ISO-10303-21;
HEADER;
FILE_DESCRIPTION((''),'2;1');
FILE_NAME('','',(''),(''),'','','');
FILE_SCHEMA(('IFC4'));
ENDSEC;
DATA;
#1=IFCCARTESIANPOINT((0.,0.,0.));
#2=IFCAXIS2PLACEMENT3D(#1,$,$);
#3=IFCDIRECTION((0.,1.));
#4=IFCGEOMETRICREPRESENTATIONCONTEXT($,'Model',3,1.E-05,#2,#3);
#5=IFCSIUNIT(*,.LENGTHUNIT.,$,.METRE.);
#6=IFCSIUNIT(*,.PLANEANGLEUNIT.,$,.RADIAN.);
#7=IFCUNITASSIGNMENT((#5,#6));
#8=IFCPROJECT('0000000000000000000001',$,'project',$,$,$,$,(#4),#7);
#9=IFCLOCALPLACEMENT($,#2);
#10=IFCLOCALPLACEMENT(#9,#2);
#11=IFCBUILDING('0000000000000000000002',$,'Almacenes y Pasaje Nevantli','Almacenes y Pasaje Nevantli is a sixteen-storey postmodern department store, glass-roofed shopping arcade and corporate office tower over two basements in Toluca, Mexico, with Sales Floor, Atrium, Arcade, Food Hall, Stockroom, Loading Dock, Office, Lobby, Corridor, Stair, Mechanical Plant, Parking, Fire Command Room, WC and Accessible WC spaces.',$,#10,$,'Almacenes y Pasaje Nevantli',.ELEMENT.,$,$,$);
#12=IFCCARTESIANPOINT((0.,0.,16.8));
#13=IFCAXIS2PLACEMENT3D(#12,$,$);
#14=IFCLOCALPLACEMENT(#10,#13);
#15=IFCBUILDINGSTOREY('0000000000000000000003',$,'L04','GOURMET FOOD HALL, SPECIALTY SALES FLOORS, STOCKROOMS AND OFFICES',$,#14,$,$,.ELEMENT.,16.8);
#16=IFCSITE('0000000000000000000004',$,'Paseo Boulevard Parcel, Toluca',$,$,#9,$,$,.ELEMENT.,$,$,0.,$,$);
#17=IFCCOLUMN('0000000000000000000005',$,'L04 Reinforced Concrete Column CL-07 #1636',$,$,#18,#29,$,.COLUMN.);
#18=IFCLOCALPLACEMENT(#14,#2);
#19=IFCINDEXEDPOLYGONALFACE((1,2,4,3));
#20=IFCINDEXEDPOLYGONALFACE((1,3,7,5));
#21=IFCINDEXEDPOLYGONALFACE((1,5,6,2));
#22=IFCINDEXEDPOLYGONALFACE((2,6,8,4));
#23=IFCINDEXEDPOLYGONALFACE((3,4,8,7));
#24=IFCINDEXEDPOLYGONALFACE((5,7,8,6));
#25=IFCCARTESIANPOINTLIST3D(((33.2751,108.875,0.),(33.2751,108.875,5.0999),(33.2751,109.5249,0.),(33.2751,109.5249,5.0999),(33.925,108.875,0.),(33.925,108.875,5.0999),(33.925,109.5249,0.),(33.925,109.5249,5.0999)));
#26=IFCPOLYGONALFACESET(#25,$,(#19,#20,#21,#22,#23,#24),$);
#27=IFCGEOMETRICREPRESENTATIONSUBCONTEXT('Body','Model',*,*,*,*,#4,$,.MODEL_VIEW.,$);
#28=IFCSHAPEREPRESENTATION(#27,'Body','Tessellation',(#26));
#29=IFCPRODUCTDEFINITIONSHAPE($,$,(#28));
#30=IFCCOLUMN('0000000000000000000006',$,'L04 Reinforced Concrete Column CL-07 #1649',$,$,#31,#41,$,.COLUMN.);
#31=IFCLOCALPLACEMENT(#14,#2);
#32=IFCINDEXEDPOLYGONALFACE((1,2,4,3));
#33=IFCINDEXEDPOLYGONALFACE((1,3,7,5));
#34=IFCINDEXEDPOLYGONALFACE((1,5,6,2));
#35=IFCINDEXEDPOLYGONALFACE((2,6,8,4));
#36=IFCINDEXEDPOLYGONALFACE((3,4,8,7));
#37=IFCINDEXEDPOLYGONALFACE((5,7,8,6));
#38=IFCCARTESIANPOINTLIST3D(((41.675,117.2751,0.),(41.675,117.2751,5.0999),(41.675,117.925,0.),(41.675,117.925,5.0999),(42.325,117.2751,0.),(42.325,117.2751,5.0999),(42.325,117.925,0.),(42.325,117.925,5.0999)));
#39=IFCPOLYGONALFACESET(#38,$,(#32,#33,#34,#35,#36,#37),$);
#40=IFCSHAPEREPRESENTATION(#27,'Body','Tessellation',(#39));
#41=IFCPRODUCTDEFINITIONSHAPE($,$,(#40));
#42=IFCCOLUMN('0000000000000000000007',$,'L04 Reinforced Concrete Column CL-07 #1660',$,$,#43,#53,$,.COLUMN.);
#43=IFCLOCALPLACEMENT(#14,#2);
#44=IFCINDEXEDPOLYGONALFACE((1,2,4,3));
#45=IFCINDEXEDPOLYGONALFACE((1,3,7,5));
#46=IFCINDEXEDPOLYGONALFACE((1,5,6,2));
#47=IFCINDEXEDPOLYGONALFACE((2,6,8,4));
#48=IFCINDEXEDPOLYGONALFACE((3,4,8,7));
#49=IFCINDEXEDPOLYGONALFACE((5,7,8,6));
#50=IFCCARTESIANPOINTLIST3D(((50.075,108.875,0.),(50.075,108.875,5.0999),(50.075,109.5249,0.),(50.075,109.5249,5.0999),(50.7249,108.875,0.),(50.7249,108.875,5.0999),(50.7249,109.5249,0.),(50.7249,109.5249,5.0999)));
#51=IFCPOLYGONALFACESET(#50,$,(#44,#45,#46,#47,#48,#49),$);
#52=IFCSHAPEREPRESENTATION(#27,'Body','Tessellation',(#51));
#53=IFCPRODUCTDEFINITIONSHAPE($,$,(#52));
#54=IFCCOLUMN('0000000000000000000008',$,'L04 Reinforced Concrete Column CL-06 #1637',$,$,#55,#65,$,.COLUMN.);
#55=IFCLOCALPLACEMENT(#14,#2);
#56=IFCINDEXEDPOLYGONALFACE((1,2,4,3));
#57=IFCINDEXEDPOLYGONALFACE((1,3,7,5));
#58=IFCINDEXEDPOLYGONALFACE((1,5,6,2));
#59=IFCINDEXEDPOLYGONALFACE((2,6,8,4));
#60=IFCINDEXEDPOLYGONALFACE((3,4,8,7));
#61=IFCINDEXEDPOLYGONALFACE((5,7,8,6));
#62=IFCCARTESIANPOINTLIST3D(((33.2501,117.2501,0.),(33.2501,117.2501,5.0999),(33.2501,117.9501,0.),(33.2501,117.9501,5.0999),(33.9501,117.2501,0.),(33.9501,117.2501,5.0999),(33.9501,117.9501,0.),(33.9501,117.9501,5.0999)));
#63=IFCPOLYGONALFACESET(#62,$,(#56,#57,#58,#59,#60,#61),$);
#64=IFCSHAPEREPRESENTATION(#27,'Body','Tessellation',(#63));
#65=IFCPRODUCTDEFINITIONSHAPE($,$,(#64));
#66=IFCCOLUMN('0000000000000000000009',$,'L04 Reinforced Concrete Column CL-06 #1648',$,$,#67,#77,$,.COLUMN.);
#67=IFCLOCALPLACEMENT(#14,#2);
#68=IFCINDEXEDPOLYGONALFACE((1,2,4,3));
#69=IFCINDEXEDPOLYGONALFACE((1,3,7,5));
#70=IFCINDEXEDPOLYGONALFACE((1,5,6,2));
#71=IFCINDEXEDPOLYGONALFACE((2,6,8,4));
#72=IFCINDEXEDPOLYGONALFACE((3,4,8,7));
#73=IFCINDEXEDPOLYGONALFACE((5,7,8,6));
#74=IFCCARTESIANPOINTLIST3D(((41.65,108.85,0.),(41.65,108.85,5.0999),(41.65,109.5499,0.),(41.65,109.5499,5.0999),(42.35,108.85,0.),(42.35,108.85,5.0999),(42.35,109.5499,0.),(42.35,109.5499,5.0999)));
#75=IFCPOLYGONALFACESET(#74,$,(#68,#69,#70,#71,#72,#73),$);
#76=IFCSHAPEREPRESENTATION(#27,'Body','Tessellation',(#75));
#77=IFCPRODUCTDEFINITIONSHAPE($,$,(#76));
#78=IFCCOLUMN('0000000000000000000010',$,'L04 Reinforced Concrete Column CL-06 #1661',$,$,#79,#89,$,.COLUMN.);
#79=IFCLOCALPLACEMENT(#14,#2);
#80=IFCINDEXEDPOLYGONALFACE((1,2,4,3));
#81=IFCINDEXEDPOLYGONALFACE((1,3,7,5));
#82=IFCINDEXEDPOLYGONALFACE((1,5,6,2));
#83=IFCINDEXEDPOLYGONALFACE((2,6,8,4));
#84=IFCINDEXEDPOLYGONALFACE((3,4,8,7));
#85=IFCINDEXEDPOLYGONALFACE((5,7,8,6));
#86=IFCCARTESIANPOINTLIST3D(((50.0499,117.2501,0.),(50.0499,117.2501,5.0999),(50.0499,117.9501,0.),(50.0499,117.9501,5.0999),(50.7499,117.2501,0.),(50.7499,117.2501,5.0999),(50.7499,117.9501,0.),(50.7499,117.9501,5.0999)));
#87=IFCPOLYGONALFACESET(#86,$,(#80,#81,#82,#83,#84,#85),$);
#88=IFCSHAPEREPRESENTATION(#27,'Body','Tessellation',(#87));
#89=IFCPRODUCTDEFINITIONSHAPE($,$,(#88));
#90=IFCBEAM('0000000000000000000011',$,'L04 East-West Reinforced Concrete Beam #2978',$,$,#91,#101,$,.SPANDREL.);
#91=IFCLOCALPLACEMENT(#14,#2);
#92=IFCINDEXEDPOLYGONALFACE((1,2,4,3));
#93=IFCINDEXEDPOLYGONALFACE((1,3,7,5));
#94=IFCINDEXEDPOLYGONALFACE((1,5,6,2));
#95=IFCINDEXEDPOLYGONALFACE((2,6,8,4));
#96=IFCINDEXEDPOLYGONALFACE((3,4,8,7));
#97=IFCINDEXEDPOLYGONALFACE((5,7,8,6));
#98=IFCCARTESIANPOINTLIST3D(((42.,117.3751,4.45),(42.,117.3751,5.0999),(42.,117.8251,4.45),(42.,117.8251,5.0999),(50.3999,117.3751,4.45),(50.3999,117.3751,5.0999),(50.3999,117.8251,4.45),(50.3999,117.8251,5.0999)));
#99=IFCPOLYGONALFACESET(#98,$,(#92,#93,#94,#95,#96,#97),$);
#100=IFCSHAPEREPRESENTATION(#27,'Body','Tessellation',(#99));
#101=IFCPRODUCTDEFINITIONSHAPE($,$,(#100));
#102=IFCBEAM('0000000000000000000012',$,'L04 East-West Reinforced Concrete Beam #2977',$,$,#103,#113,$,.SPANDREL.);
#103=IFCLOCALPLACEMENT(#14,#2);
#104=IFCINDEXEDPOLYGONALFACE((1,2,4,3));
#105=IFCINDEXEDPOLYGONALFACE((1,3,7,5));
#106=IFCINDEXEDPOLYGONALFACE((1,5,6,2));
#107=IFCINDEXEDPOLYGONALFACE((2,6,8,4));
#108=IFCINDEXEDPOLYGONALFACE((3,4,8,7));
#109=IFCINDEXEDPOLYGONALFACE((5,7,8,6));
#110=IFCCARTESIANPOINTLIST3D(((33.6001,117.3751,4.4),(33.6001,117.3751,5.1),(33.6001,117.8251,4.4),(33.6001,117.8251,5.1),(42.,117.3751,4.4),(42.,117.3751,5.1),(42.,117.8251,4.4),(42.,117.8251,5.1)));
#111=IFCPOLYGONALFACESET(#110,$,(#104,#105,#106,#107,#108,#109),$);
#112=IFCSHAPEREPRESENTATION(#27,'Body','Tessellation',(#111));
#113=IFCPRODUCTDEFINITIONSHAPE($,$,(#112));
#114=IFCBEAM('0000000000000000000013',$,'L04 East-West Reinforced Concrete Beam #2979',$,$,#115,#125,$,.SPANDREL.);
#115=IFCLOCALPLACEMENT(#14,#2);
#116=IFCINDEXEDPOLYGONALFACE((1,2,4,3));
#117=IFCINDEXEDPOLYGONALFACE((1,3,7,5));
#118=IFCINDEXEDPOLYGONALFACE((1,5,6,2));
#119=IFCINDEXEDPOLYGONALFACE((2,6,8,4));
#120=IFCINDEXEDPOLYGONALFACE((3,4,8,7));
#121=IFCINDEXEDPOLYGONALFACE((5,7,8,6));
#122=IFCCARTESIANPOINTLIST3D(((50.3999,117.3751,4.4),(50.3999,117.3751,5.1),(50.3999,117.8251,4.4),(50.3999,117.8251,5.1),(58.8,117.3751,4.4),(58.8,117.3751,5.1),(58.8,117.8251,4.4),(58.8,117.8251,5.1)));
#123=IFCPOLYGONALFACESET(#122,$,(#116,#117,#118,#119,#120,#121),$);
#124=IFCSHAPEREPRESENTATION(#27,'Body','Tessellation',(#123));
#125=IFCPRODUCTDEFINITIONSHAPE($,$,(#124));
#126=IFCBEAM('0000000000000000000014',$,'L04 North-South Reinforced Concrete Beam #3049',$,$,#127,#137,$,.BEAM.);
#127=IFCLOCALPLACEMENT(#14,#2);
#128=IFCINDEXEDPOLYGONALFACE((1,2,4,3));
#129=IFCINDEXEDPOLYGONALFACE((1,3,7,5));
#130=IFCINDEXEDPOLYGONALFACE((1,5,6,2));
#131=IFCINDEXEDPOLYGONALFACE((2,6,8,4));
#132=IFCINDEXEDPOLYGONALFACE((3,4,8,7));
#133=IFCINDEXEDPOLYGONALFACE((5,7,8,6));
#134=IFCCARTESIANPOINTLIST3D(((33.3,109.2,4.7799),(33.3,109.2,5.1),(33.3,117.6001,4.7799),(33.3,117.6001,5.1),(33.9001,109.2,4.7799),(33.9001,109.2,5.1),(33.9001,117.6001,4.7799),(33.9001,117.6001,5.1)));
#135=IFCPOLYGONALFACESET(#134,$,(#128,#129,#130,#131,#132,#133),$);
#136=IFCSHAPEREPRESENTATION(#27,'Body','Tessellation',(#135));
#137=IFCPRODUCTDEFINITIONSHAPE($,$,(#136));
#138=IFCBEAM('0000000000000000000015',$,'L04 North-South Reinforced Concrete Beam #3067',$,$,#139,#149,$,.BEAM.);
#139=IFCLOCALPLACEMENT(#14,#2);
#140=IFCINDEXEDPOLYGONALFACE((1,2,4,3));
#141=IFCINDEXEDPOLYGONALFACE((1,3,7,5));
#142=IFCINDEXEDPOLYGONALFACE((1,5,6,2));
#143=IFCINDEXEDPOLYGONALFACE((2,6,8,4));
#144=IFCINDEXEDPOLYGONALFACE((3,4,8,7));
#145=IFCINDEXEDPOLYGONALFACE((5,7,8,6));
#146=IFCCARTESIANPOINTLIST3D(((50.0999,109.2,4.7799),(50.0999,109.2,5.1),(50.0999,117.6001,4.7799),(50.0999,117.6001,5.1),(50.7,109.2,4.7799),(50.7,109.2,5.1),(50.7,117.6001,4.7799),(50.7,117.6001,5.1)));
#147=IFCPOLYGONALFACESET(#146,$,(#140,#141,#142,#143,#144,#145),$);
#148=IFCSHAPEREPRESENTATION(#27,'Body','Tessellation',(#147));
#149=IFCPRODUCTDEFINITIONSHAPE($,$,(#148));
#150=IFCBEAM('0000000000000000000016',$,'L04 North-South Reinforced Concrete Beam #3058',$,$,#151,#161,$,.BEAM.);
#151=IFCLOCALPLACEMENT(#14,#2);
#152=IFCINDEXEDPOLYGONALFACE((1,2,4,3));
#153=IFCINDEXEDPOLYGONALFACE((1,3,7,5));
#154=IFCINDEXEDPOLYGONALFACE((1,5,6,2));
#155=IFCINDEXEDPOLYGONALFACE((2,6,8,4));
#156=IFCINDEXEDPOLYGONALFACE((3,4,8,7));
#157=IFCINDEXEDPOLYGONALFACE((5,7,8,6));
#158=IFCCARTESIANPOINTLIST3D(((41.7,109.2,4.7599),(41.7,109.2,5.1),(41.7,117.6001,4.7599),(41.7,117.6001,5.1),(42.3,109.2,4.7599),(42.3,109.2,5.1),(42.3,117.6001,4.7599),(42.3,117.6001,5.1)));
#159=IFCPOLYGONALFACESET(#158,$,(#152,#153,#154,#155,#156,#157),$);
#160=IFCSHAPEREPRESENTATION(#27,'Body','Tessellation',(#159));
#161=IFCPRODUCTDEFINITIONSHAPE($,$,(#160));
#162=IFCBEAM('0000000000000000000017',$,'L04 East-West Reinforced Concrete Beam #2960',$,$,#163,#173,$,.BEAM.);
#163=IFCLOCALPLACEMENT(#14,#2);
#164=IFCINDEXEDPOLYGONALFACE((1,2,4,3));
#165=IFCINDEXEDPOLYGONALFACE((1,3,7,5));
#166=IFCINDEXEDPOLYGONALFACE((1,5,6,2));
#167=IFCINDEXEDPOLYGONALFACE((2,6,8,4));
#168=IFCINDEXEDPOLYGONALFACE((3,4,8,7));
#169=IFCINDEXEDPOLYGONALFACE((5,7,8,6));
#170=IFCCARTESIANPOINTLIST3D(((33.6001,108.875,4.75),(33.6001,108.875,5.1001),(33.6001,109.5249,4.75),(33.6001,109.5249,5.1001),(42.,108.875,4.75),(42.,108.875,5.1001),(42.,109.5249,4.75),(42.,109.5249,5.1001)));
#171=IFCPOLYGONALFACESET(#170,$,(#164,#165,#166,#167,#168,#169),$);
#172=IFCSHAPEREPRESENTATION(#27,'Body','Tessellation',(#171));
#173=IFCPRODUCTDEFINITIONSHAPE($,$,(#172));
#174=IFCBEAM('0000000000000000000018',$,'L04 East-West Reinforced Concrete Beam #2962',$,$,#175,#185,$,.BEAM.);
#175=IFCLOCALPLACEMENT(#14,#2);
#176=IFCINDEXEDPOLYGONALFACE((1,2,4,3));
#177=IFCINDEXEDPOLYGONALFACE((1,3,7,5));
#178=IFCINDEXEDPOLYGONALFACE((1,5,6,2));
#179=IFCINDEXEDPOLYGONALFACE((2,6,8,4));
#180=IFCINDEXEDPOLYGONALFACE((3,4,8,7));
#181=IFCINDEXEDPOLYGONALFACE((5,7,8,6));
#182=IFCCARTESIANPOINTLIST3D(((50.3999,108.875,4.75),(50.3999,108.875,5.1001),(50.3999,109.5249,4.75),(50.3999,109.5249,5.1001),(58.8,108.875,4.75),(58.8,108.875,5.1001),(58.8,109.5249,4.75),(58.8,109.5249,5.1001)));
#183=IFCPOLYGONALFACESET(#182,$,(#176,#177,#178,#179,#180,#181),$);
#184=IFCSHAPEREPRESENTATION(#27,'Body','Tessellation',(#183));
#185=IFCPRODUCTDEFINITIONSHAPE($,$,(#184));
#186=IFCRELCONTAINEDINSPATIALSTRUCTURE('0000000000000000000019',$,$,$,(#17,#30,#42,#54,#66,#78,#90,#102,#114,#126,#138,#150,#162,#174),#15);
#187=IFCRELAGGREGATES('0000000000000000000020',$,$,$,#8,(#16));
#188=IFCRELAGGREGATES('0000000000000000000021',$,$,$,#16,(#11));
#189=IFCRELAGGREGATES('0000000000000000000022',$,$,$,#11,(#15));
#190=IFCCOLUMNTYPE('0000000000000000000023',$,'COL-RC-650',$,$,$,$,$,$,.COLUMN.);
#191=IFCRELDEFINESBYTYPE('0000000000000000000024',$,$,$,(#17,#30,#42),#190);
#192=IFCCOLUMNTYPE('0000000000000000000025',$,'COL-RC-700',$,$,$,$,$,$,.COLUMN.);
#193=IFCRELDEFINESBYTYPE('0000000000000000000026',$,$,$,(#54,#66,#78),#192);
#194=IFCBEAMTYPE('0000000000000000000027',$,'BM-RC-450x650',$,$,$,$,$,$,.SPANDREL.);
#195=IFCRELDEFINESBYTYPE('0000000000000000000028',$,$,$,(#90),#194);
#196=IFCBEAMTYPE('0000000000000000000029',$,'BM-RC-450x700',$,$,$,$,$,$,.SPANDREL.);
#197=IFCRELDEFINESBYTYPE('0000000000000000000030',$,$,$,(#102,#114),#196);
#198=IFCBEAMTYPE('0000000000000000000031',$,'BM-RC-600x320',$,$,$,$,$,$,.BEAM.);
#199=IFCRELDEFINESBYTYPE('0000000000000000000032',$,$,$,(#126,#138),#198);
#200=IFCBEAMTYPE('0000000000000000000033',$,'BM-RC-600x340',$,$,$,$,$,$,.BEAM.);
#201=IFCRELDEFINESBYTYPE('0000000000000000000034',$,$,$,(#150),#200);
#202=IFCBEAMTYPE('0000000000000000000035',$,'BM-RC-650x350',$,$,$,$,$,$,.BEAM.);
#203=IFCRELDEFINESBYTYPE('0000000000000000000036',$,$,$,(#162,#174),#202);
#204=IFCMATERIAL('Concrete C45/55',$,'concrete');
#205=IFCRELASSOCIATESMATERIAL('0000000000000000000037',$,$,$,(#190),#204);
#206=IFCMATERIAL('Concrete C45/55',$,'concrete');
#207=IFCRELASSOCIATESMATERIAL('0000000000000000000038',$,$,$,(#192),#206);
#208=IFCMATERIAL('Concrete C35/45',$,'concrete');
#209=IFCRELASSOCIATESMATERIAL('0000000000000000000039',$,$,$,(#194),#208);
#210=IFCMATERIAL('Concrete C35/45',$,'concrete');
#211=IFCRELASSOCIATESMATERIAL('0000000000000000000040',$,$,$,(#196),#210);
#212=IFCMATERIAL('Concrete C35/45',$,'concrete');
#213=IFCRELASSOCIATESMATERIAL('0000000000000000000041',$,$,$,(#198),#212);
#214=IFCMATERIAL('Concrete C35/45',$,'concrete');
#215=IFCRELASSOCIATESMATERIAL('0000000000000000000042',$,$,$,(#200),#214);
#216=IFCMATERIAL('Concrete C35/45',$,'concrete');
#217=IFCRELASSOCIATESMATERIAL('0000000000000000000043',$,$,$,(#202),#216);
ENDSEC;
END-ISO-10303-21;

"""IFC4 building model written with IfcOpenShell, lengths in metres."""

from ifc_helpers import new_model, si_unit, direction, frame, origin, origin_2d, place, context, subcontext, project, spatial, rectangle, extrude, material, material_profile, profile_set, type_object, element, save


model = new_model("IFC4")

# Units and contexts
model_context = context("Model", 3, precision=1e-05, world=origin(), true_north=direction((0.0, 1.0)))
body_context = subcontext(model_context, "Body", "Model", "MODEL_VIEW")
ifc_project = project(units=[si_unit("LENGTHUNIT", "METRE"), si_unit("PLANEANGLEUNIT", "RADIAN")], contexts=[model_context])

# Site, building, storey
site_placement = place(None, origin())
site = spatial("IfcSite", under=ifc_project, at=site_placement, Name="Paseo Boulevard Parcel, Toluca", CompositionType="ELEMENT", RefElevation=0.0)
building_placement = place(site_placement, origin())
building = spatial("IfcBuilding", under=site, at=building_placement, Name="Almacenes y Pasaje Nevantli", Description="Almacenes y Pasaje Nevantli is a sixteen-storey postmodern department store, glass-roofed shopping arcade and corporate office tower over two basements in Toluca, Mexico, with Sales Floor, Atrium, Arcade, Food Hall, Stockroom, Loading Dock, Office, Lobby, Corridor, Stair, Mechanical Plant, Parking, Fire Command Room, WC and Accessible WC spaces.", LongName="Almacenes y Pasaje Nevantli", CompositionType="ELEMENT")
storey_placement = place(building_placement, frame((0.0, 0.0, 16.8)))
storey = spatial("IfcBuildingStorey", under=building, at=storey_placement, Name="L04", Description="GOURMET FOOD HALL, SPECIALTY SALES FLOORS, STOCKROOMS AND OFFICES", CompositionType="ELEMENT", Elevation=16.8)

# Columns
ifc_material_1 = material(Name="Concrete C45/55", Category="concrete")
ifc_material_profile_1 = material_profile(ifc_material_1, rectangle(XDim=0.6499, YDim=0.6499, at=origin_2d()), Name="RC-COL-650x650")
ifc_profile_set_1 = profile_set([ifc_material_profile_1], Name="Concrete C45/55")
column_type_1 = type_object("IfcColumnType", Name="COL-RC-650", PredefinedType="COLUMN", material=ifc_profile_set_1)
for number, where, z_axis, x_axis, name in (
    (1, (33.6001, 109.2, 0.0), (0.0, 0.0, 1.0), (1.0, 0.0, 0.0), "L04 Reinforced Concrete Column CL-07 #1636"),
    (2, (42.0, 117.6001, 0.0), (0.0, 0.0, 1.0), (1.0, 0.0, 0.0), "L04 Reinforced Concrete Column CL-07 #1649"),
    (3, (50.3999, 109.2, 0.0), (0.0, 0.0, 1.0), (1.0, 0.0, 0.0), "L04 Reinforced Concrete Column CL-07 #1660"),
):
    element("IfcColumn", number, at=place(storey_placement, frame(where, z_axis=z_axis, x_axis=x_axis)), inside=storey, type_object=column_type_1, Name=name, PredefinedType="COLUMN", context=body_context, shape_type="SweptSolid", body=[
        extrude(rectangle(XDim=0.6499, YDim=0.6499, at=origin_2d()), origin(), (0.0, 0.0, 1.0), 5.0999),
    ])
ifc_material_2 = material(Name="Concrete C45/55", Category="concrete")
ifc_material_profile_2 = material_profile(ifc_material_2, rectangle(XDim=0.7, YDim=0.7, at=origin_2d()), Name="RC-COL-700x700")
ifc_profile_set_2 = profile_set([ifc_material_profile_2], Name="Concrete C45/55")
column_type_2 = type_object("IfcColumnType", Name="COL-RC-700", PredefinedType="COLUMN", material=ifc_profile_set_2)
for number, where, z_axis, x_axis, name in (
    (4, (33.6001, 117.6001, 0.0), (0.0, 0.0, 1.0), (1.0, 0.0, 0.0), "L04 Reinforced Concrete Column CL-06 #1637"),
    (5, (42.0, 109.2, 0.0), (0.0, 0.0, 1.0), (1.0, 0.0, 0.0), "L04 Reinforced Concrete Column CL-06 #1648"),
    (6, (50.3999, 117.6001, 0.0), (0.0, 0.0, 1.0), (1.0, 0.0, 0.0), "L04 Reinforced Concrete Column CL-06 #1661"),
):
    element("IfcColumn", number, at=place(storey_placement, frame(where, z_axis=z_axis, x_axis=x_axis)), inside=storey, type_object=column_type_2, Name=name, PredefinedType="COLUMN", context=body_context, shape_type="SweptSolid", body=[
        extrude(rectangle(XDim=0.7, YDim=0.7, at=origin_2d()), origin(), (0.0, 0.0, 1.0), 5.0999),
    ])

# Beams
ifc_material_3 = material(Name="Concrete C35/45", Category="concrete")
ifc_material_profile_3 = material_profile(ifc_material_3, rectangle(XDim=0.45, YDim=0.6499, at=origin_2d()), Name="RC-BM-450x650")
ifc_profile_set_3 = profile_set([ifc_material_profile_3], Name="Concrete C35/45")
beam_type_1 = type_object("IfcBeamType", Name="BM-RC-450x650", PredefinedType="SPANDREL", material=ifc_profile_set_3)
beam_1_placement = place(storey_placement, frame((42.0, 117.6001, 4.7749), z_axis=(1.0, 0.0, 0.0), x_axis=(0.0, 1.0, 0.0)))
element("IfcBeam", 7, at=beam_1_placement, inside=storey, type_object=beam_type_1, Name="L04 East-West Reinforced Concrete Beam #2978", PredefinedType="SPANDREL", context=body_context, shape_type="SweptSolid", body=[
    extrude(rectangle(XDim=0.45, YDim=0.6499, at=origin_2d()), origin(), (0.0, 0.0, 1.0), 8.3999),
])
ifc_material_4 = material(Name="Concrete C35/45", Category="concrete")
ifc_material_profile_4 = material_profile(ifc_material_4, rectangle(XDim=0.45, YDim=0.7, at=origin_2d()), Name="RC-BM-450x700")
ifc_profile_set_4 = profile_set([ifc_material_profile_4], Name="Concrete C35/45")
beam_type_2 = type_object("IfcBeamType", Name="BM-RC-450x700", PredefinedType="SPANDREL", material=ifc_profile_set_4)
beam_2_placement = place(storey_placement, frame((33.6001, 117.6001, 4.75), z_axis=(1.0, 0.0, 0.0), x_axis=(0.0, 1.0, 0.0)))
element("IfcBeam", 8, at=beam_2_placement, inside=storey, type_object=beam_type_2, Name="L04 East-West Reinforced Concrete Beam #2977", PredefinedType="SPANDREL", context=body_context, shape_type="SweptSolid", body=[
    extrude(rectangle(XDim=0.45, YDim=0.7, at=origin_2d()), origin(), (0.0, 0.0, 1.0), 8.3999),
])
beam_3_placement = place(storey_placement, frame((50.3999, 117.6001, 4.75), z_axis=(1.0, 0.0, 0.0), x_axis=(0.0, 1.0, 0.0)))
element("IfcBeam", 9, at=beam_3_placement, inside=storey, type_object=beam_type_2, Name="L04 East-West Reinforced Concrete Beam #2979", PredefinedType="SPANDREL", context=body_context, shape_type="SweptSolid", body=[
    extrude(rectangle(XDim=0.45, YDim=0.7, at=origin_2d()), origin(), (0.0, 0.0, 1.0), 8.4001),
])
ifc_material_5 = material(Name="Concrete C35/45", Category="concrete")
ifc_material_profile_5 = material_profile(ifc_material_5, rectangle(XDim=0.6001, YDim=0.3201, at=origin_2d()), Name="RC-BM-600x320")
ifc_profile_set_5 = profile_set([ifc_material_profile_5], Name="Concrete C35/45")
beam_type_3 = type_object("IfcBeamType", Name="BM-RC-600x320", PredefinedType="BEAM", material=ifc_profile_set_5)
for number, where, z_axis, x_axis, name in (
    (10, (33.6001, 109.2, 4.9399), (0.0, 1.0, 0.0), (-1.0, 0.0, 0.0), "L04 North-South Reinforced Concrete Beam #3049"),
    (11, (50.3999, 109.2, 4.9399), (0.0, 1.0, 0.0), (-1.0, 0.0, 0.0), "L04 North-South Reinforced Concrete Beam #3067"),
):
    element("IfcBeam", number, at=place(storey_placement, frame(where, z_axis=z_axis, x_axis=x_axis)), inside=storey, type_object=beam_type_3, Name=name, PredefinedType="BEAM", context=body_context, shape_type="SweptSolid", body=[
        extrude(rectangle(XDim=0.6001, YDim=0.3201, at=origin_2d()), origin(), (0.0, 0.0, 1.0), 8.4001),
    ])
ifc_material_6 = material(Name="Concrete C35/45", Category="concrete")
ifc_material_profile_6 = material_profile(ifc_material_6, rectangle(XDim=0.6001, YDim=0.3401, at=origin_2d()), Name="RC-BM-600x340")
ifc_profile_set_6 = profile_set([ifc_material_profile_6], Name="Concrete C35/45")
beam_type_4 = type_object("IfcBeamType", Name="BM-RC-600x340", PredefinedType="BEAM", material=ifc_profile_set_6)
beam_4_placement = place(storey_placement, frame((42.0, 109.2, 4.9299), z_axis=(0.0, 1.0, 0.0), x_axis=(-1.0, 0.0, 0.0)))
element("IfcBeam", 12, at=beam_4_placement, inside=storey, type_object=beam_type_4, Name="L04 North-South Reinforced Concrete Beam #3058", PredefinedType="BEAM", context=body_context, shape_type="SweptSolid", body=[
    extrude(rectangle(XDim=0.6001, YDim=0.3401, at=origin_2d()), origin(), (0.0, 0.0, 1.0), 8.4001),
])
ifc_material_7 = material(Name="Concrete C35/45", Category="concrete")
ifc_material_profile_7 = material_profile(ifc_material_7, rectangle(XDim=0.6499, YDim=0.3501, at=origin_2d()), Name="RC-BM-650x350")
ifc_profile_set_7 = profile_set([ifc_material_profile_7], Name="Concrete C35/45")
beam_type_5 = type_object("IfcBeamType", Name="BM-RC-650x350", PredefinedType="BEAM", material=ifc_profile_set_7)
beam_5_placement = place(storey_placement, frame((33.6001, 109.2, 4.925), z_axis=(1.0, 0.0, 0.0), x_axis=(0.0, 1.0, 0.0)))
element("IfcBeam", 13, at=beam_5_placement, inside=storey, type_object=beam_type_5, Name="L04 East-West Reinforced Concrete Beam #2960", PredefinedType="BEAM", context=body_context, shape_type="SweptSolid", body=[
    extrude(rectangle(XDim=0.6499, YDim=0.3501, at=origin_2d()), origin(), (0.0, 0.0, 1.0), 8.3999),
])
beam_6_placement = place(storey_placement, frame((50.3999, 109.2, 4.925), z_axis=(1.0, 0.0, 0.0), x_axis=(0.0, 1.0, 0.0)))
element("IfcBeam", 14, at=beam_6_placement, inside=storey, type_object=beam_type_5, Name="L04 East-West Reinforced Concrete Beam #2962", PredefinedType="BEAM", context=body_context, shape_type="SweptSolid", body=[
    extrude(rectangle(XDim=0.6499, YDim=0.3501, at=origin_2d()), origin(), (0.0, 0.0, 1.0), 8.4001),
])

save(model, "model.ifc")
